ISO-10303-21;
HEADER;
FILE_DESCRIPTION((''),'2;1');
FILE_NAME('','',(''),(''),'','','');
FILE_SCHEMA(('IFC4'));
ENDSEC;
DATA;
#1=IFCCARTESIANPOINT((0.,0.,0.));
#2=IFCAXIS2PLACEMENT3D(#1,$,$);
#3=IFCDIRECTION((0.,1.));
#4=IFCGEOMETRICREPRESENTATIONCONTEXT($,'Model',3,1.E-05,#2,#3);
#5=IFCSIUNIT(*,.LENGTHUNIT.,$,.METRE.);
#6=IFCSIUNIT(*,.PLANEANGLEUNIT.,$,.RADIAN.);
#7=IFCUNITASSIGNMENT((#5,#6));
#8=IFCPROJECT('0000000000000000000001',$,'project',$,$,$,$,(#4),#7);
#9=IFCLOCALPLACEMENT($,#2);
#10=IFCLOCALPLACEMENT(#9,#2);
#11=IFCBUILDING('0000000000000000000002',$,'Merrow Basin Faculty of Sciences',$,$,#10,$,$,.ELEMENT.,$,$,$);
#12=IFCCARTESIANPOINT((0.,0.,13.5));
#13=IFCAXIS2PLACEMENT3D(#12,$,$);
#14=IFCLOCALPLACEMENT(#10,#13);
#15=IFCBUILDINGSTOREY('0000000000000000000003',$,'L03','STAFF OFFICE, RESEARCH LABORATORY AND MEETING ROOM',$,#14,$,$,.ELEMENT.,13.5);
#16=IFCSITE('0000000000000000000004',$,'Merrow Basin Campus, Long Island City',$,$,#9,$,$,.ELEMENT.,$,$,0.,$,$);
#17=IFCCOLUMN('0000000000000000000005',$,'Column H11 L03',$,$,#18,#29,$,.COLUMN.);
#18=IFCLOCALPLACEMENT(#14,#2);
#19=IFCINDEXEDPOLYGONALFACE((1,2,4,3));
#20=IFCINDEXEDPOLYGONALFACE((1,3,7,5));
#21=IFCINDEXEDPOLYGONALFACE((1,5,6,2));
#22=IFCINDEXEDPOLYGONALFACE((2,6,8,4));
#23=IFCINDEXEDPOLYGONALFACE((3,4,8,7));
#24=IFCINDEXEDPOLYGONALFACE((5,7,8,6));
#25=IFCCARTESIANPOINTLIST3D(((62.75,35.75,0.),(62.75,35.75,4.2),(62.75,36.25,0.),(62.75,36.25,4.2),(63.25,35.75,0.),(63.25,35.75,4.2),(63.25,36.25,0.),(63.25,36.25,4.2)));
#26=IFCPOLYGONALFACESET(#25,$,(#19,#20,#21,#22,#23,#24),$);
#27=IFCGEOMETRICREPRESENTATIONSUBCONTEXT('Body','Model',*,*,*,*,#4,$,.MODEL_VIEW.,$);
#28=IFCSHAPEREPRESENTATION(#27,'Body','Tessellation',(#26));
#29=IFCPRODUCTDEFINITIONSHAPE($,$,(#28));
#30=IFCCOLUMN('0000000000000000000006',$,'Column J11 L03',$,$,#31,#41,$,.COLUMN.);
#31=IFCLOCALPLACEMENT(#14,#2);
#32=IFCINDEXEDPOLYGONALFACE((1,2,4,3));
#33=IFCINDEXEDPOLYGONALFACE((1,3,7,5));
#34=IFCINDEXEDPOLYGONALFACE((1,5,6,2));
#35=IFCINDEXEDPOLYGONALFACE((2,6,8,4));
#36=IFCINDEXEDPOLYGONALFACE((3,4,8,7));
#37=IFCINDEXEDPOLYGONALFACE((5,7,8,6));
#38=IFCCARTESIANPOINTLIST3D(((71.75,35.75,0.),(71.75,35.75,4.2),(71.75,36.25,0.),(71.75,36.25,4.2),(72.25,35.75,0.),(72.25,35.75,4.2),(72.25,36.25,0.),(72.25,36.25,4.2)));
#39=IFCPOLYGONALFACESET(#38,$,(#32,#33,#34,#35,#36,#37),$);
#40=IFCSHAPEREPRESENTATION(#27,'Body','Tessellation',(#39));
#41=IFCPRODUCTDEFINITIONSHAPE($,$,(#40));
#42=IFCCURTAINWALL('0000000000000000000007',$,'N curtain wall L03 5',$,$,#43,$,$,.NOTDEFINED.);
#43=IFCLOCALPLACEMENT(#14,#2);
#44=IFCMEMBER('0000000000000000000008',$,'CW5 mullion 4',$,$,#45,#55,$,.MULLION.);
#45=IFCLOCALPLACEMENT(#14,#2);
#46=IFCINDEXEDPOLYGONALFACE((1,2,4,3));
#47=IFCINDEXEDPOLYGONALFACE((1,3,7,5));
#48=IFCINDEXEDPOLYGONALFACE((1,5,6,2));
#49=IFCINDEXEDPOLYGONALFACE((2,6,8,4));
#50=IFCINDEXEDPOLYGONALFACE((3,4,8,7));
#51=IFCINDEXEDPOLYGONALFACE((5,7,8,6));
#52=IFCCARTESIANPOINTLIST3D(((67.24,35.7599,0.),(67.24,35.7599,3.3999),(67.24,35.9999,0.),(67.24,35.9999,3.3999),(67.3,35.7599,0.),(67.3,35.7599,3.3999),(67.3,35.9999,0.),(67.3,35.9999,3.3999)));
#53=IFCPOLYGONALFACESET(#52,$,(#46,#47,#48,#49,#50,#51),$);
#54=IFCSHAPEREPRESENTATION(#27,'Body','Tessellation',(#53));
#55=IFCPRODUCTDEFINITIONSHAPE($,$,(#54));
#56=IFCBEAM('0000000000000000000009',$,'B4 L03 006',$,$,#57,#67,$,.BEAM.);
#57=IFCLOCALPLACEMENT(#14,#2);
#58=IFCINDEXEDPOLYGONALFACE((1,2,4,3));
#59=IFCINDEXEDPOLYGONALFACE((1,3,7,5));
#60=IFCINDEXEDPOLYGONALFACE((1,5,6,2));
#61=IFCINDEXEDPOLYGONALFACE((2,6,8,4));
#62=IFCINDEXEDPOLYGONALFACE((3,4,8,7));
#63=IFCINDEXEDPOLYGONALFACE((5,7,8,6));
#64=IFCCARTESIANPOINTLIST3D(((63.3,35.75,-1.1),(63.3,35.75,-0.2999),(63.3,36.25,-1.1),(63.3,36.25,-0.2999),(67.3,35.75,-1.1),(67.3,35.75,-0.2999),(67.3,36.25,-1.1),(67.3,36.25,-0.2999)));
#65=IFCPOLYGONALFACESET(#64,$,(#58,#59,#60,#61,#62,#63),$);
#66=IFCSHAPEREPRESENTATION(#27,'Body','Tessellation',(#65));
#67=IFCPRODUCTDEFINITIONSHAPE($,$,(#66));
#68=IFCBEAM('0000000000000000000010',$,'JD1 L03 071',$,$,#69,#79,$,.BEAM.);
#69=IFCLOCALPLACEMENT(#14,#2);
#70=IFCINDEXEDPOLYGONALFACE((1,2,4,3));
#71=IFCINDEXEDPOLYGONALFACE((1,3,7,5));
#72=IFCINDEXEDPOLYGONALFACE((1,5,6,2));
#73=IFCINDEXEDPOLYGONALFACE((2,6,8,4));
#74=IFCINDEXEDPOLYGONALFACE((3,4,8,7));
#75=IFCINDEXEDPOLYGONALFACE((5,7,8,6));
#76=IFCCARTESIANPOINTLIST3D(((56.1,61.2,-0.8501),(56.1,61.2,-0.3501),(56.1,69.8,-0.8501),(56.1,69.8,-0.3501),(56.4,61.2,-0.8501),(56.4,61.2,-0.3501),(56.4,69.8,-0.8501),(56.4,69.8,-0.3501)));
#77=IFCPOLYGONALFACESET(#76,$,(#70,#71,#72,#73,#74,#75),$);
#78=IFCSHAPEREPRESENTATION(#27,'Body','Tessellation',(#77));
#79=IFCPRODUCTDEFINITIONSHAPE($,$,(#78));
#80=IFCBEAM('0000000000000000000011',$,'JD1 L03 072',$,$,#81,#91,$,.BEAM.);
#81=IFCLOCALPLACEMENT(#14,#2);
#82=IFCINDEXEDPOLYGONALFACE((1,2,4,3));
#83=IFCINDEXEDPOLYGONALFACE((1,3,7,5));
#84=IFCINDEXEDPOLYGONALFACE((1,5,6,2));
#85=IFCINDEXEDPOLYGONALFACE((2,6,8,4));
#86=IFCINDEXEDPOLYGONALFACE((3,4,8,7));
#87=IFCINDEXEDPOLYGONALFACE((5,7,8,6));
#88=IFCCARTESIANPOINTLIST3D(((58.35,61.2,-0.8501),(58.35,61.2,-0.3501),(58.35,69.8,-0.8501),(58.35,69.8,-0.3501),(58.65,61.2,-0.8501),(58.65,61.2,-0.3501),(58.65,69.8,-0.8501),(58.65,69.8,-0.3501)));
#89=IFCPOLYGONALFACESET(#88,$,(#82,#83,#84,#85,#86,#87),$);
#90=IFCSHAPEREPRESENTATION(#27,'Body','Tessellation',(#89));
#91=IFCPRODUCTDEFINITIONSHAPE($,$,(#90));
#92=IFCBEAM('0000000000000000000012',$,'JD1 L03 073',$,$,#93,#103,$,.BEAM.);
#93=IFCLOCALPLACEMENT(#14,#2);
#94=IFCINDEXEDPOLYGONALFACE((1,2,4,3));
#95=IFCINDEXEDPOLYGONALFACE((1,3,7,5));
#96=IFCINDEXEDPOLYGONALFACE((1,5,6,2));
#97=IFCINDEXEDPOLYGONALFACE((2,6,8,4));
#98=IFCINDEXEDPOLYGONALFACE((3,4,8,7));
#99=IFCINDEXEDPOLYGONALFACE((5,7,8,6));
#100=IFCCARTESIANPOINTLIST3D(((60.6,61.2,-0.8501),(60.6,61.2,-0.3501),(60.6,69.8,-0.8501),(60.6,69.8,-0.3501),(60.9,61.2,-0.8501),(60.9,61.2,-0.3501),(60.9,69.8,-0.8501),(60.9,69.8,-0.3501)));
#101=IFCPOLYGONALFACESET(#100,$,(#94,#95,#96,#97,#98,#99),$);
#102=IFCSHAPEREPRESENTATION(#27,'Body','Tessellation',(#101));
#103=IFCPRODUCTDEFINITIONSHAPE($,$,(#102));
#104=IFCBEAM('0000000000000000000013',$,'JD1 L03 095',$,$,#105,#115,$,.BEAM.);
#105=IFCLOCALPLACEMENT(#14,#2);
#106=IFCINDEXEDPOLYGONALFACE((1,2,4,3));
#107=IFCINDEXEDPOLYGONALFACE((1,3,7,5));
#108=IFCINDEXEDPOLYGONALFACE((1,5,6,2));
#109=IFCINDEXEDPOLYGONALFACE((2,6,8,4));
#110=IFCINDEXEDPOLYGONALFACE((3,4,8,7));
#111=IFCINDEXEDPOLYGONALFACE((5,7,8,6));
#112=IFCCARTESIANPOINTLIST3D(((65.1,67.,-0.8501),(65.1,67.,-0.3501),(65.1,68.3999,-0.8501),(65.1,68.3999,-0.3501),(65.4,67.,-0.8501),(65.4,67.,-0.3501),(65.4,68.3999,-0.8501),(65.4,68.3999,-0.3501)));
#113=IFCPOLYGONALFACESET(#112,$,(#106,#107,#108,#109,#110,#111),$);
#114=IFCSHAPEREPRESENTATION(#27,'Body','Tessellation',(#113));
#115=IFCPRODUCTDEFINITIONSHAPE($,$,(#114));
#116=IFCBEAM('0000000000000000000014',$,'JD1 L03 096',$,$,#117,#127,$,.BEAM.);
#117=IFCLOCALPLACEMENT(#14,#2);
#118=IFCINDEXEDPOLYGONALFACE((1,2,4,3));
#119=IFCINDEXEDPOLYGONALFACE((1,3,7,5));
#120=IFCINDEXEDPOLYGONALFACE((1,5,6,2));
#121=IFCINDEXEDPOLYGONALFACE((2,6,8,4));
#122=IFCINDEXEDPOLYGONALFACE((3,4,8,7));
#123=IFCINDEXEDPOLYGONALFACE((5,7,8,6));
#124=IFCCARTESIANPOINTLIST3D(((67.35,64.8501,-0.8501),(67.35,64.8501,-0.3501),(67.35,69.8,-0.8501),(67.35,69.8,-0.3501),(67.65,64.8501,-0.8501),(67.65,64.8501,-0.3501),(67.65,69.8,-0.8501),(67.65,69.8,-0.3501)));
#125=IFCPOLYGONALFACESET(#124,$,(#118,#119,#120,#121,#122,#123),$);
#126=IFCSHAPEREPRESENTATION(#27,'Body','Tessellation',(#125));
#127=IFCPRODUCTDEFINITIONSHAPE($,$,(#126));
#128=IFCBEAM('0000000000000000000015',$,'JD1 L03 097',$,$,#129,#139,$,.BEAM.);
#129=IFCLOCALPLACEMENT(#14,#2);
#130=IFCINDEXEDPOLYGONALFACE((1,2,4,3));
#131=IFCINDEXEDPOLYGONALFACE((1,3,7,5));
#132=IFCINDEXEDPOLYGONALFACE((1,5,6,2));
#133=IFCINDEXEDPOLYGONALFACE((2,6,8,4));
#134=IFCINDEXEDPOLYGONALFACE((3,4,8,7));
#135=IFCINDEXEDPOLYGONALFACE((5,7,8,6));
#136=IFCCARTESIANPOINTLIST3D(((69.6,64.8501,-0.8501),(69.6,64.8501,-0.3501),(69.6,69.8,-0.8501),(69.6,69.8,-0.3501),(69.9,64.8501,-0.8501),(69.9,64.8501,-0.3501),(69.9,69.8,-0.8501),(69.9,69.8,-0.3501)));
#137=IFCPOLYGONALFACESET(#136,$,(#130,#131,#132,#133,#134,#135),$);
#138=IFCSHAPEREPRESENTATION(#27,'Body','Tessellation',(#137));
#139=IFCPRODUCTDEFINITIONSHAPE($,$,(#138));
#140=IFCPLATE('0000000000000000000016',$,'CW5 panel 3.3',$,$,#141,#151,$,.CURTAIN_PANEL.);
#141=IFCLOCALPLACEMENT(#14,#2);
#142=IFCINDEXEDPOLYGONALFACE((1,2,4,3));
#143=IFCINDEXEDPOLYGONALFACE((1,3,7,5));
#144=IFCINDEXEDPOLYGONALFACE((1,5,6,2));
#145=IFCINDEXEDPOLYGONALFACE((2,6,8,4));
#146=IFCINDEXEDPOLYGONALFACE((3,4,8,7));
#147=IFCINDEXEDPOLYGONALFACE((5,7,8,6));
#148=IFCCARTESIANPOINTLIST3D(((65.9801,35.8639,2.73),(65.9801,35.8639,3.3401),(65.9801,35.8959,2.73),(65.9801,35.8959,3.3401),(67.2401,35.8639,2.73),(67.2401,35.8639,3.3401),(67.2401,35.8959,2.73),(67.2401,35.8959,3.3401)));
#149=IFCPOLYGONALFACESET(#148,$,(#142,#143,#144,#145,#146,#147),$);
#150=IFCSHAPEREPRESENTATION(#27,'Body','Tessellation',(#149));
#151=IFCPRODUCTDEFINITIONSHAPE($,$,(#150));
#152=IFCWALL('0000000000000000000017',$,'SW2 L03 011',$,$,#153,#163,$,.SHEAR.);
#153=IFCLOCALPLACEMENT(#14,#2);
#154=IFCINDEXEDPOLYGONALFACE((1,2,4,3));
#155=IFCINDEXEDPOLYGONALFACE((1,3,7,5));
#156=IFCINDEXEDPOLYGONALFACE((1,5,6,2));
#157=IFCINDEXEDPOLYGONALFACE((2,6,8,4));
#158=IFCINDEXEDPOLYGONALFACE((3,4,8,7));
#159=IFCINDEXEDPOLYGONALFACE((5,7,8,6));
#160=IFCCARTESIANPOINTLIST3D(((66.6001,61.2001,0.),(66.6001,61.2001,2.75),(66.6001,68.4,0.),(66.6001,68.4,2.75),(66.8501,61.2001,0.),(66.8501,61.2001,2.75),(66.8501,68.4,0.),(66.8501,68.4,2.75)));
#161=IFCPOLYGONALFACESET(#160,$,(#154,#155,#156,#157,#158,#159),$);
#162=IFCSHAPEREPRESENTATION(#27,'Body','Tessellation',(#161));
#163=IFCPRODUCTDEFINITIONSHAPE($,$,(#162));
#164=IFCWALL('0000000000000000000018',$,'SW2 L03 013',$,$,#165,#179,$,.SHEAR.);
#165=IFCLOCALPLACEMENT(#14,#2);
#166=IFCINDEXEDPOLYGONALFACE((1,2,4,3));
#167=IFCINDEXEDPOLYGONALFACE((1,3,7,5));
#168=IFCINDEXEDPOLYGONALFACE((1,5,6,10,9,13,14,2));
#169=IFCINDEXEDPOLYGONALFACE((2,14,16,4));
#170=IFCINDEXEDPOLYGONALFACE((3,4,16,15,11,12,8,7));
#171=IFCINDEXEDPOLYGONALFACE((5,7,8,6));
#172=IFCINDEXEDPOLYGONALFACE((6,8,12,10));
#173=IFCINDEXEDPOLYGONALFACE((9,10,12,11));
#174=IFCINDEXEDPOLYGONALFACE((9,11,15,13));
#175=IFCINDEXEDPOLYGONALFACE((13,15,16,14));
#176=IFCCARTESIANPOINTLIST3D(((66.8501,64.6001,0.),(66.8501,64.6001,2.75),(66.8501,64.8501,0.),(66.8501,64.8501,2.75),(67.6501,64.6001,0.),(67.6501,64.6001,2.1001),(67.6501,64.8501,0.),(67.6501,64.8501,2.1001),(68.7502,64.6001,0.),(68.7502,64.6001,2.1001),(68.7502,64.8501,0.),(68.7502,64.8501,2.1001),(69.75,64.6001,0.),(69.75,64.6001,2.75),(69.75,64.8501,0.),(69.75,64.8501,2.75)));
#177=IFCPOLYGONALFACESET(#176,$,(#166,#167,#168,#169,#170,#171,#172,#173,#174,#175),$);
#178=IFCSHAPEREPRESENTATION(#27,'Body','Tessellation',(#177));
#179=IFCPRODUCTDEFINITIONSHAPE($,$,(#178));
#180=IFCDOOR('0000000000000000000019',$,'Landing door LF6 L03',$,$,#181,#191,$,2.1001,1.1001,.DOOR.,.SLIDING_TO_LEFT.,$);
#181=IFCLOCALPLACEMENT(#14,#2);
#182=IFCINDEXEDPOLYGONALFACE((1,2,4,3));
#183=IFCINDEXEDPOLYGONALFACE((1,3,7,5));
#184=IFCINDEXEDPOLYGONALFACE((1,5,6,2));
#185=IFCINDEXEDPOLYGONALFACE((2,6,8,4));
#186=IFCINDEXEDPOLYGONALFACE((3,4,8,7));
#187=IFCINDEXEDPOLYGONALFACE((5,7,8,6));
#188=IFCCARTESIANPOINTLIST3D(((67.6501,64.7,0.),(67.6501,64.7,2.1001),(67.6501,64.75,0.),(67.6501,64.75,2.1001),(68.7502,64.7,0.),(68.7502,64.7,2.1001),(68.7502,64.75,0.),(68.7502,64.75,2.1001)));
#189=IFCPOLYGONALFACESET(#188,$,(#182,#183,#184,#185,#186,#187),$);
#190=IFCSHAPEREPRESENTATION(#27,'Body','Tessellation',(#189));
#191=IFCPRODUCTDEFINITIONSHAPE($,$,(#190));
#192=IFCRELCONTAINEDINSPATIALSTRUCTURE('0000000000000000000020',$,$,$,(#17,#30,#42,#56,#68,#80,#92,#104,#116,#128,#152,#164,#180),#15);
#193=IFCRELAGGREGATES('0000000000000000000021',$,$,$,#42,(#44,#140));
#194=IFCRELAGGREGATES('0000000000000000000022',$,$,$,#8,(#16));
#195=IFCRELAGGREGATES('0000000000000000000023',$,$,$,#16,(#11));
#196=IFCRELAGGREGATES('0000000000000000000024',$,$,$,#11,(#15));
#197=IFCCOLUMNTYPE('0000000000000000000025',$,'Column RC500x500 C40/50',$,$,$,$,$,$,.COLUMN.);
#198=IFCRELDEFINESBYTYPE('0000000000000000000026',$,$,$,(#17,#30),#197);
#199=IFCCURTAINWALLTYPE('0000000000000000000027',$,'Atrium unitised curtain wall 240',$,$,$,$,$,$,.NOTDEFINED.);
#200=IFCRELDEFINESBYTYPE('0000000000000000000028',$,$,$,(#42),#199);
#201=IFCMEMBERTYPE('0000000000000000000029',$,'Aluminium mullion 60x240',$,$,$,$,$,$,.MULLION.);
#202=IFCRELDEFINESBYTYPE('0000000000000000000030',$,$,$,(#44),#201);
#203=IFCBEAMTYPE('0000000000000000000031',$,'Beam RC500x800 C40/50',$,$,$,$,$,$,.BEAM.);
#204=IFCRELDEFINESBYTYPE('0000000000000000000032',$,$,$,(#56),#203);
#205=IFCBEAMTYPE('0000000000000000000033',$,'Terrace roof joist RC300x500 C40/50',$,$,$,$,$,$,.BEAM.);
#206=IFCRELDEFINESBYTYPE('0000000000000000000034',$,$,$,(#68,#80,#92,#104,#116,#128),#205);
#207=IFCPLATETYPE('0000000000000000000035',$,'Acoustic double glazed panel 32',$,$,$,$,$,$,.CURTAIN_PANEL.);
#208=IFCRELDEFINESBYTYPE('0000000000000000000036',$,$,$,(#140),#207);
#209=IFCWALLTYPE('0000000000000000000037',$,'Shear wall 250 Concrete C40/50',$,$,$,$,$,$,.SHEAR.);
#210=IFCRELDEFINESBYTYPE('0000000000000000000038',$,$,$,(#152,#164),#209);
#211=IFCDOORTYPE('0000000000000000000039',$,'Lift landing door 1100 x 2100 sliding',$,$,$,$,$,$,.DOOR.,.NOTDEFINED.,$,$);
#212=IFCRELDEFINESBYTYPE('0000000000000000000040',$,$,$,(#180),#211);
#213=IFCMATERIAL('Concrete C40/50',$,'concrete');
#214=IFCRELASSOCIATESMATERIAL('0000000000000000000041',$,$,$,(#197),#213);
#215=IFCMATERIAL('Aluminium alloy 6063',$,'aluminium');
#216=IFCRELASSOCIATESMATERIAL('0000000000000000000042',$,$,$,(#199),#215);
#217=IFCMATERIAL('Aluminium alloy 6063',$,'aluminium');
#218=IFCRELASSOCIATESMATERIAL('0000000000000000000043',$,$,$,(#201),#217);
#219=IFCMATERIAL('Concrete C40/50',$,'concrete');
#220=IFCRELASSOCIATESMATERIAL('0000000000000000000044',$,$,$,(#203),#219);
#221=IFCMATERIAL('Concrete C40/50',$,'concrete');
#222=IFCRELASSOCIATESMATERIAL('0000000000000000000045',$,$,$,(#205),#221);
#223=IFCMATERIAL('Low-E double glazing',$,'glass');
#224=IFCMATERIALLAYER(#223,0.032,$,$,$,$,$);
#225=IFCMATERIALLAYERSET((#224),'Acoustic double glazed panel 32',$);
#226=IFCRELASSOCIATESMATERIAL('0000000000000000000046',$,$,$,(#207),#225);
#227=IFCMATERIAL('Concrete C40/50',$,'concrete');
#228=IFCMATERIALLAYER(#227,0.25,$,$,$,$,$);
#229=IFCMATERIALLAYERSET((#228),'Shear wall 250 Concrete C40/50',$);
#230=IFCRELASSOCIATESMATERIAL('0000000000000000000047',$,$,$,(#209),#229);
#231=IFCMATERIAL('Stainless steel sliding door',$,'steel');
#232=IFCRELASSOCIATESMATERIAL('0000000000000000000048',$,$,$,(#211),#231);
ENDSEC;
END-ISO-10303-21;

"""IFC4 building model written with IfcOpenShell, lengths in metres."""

from ifc_helpers import new_model, si_unit, direction, frame, frame_2d, origin, origin_2d, place, context, subcontext, project, spatial, rectangle, extrude, material, layer, layer_set, material_profile, profile_set, type_object, element, fill, aggregate, save


model = new_model("IFC4")

# Units and contexts
model_context = context("Model", 3, precision=1e-05, world=origin(), true_north=direction((0.0, 1.0)))
body_context = subcontext(model_context, "Body", "Model", "MODEL_VIEW")
ifc_project = project(units=[si_unit("LENGTHUNIT", "METRE"), si_unit("PLANEANGLEUNIT", "RADIAN")], contexts=[model_context])

# Site, building, storey
site_placement = place(None, origin())
site = spatial("IfcSite", under=ifc_project, at=site_placement, Name="Merrow Basin Campus, Long Island City", CompositionType="ELEMENT", RefElevation=0.0)
building_placement = place(site_placement, origin())
building = spatial("IfcBuilding", under=site, at=building_placement, Name="Merrow Basin Faculty of Sciences", CompositionType="ELEMENT")
storey_placement = place(building_placement, frame((0.0, 0.0, 13.5)))
storey = spatial("IfcBuildingStorey", under=building, at=storey_placement, Name="L03", Description="STAFF OFFICE, RESEARCH LABORATORY AND MEETING ROOM", CompositionType="ELEMENT", Elevation=13.5)

# Columns
ifc_material_1 = material(Name="Concrete C40/50", Category="concrete")
ifc_material_profile_1 = material_profile(ifc_material_1, rectangle(XDim=0.5, YDim=0.5, at=origin_2d()))
ifc_profile_set_1 = profile_set([ifc_material_profile_1], Name="Concrete C40/50")
column_type = type_object("IfcColumnType", Name="Column RC500x500 C40/50", PredefinedType="COLUMN", material=ifc_profile_set_1)
for number, where, z_axis, x_axis, name in (
    (1, (63.0, 36.0, 0.0), (0.0, 0.0, 1.0), (1.0, 0.0, 0.0), "Column H11 L03"),
    (2, (72.0, 36.0, 0.0), (0.0, 0.0, 1.0), (1.0, 0.0, 0.0), "Column J11 L03"),
):
    element("IfcColumn", number, at=place(storey_placement, frame(where, z_axis=z_axis, x_axis=x_axis)), inside=storey, type_object=column_type, Name=name, PredefinedType="COLUMN", context=body_context, shape_type="SweptSolid", body=[
        extrude(rectangle(XDim=0.5, YDim=0.5, at=origin_2d()), origin(), (0.0, 0.0, 1.0), 4.2),
    ])

# Curtain wall, member
ifc_material_2 = material(Name="Aluminium alloy 6063", Category="aluminium")
curtain_wall_type = type_object("IfcCurtainWallType", Name="Atrium unitised curtain wall 240", PredefinedType="NOTDEFINED", material=ifc_material_2)
curtain_wall_placement = place(storey_placement, origin())
curtain_wall = element("IfcCurtainWall", 3, at=curtain_wall_placement, inside=storey, type_object=curtain_wall_type, Name="N curtain wall L03 5", PredefinedType="NOTDEFINED")
ifc_material_3 = material(Name="Aluminium alloy 6063", Category="aluminium")
ifc_material_profile_2 = material_profile(ifc_material_3, rectangle(XDim=0.24, YDim=0.0601, at=origin_2d()))
ifc_profile_set_2 = profile_set([ifc_material_profile_2], Name="Aluminium alloy 6063")
member_type = type_object("IfcMemberType", Name="Aluminium mullion 60x240", PredefinedType="MULLION", material=ifc_profile_set_2)
member_placement = place(storey_placement, frame((67.27, 35.8799, 0.0), z_axis=(0.0, 0.0, 1.0), x_axis=(0.0, 1.0, 0.0)))
member = element("IfcMember", 4, at=member_placement, type_object=member_type, Name="CW5 mullion 4", PredefinedType="MULLION", context=body_context, shape_type="SweptSolid", body=[
    extrude(rectangle(XDim=0.24, YDim=0.0601, at=origin_2d()), origin(), (0.0, 0.0, 1.0), 3.3999),
])

# Beams
ifc_material_4 = material(Name="Concrete C40/50", Category="concrete")
ifc_material_profile_3 = material_profile(ifc_material_4, rectangle(XDim=0.5, YDim=0.8, at=origin_2d()))
ifc_profile_set_3 = profile_set([ifc_material_profile_3], Name="Concrete C40/50")
beam_type_1 = type_object("IfcBeamType", Name="Beam RC500x800 C40/50", PredefinedType="BEAM", material=ifc_profile_set_3)
beam_1_placement = place(storey_placement, frame((63.3, 36.0, -0.7), z_axis=(1.0, 0.0, 0.0), x_axis=(0.0, 1.0, 0.0)))
element("IfcBeam", 5, at=beam_1_placement, inside=storey, type_object=beam_type_1, Name="B4 L03 006", PredefinedType="BEAM", context=body_context, shape_type="SweptSolid", body=[
    extrude(rectangle(XDim=0.5, YDim=0.8, at=origin_2d()), origin(), (0.0, 0.0, 1.0), 4.0),
])
ifc_material_5 = material(Name="Concrete C40/50", Category="concrete")
ifc_material_profile_4 = material_profile(ifc_material_5, rectangle(XDim=0.3, YDim=0.5, at=origin_2d()))
ifc_profile_set_4 = profile_set([ifc_material_profile_4], Name="Concrete C40/50")
beam_type_2 = type_object("IfcBeamType", Name="Terrace roof joist RC300x500 C40/50", PredefinedType="BEAM", material=ifc_profile_set_4)
for number, where, z_axis, x_axis, name in (
    (6, (56.25, 61.2, -0.6001), (0.0, 1.0, 0.0), (-1.0, 0.0, 0.0), "JD1 L03 071"),
    (7, (58.5, 61.2, -0.6001), (0.0, 1.0, 0.0), (-1.0, 0.0, 0.0), "JD1 L03 072"),
    (8, (60.75, 61.2, -0.6001), (0.0, 1.0, 0.0), (-1.0, 0.0, 0.0), "JD1 L03 073"),
):
    element("IfcBeam", number, at=place(storey_placement, frame(where, z_axis=z_axis, x_axis=x_axis)), inside=storey, type_object=beam_type_2, Name=name, PredefinedType="BEAM", context=body_context, shape_type="SweptSolid", body=[
        extrude(rectangle(XDim=0.3, YDim=0.5, at=origin_2d()), origin(), (0.0, 0.0, 1.0), 8.6001),
    ])
beam_2_placement = place(storey_placement, frame((65.25, 67.0, -0.6001), z_axis=(0.0, 1.0, 0.0), x_axis=(-1.0, 0.0, 0.0)))
element("IfcBeam", 9, at=beam_2_placement, inside=storey, type_object=beam_type_2, Name="JD1 L03 095", PredefinedType="BEAM", context=body_context, shape_type="SweptSolid", body=[
    extrude(rectangle(XDim=0.3, YDim=0.5, at=origin_2d()), origin(), (0.0, 0.0, 1.0), 1.3999),
])
for number, where, z_axis, x_axis, name in (
    (10, (67.5, 64.8501, -0.6001), (0.0, 1.0, 0.0), (-1.0, 0.0, 0.0), "JD1 L03 096"),
    (11, (69.75, 64.8501, -0.6001), (0.0, 1.0, 0.0), (-1.0, 0.0, 0.0), "JD1 L03 097"),
):
    element("IfcBeam", number, at=place(storey_placement, frame(where, z_axis=z_axis, x_axis=x_axis)), inside=storey, type_object=beam_type_2, Name=name, PredefinedType="BEAM", context=body_context, shape_type="SweptSolid", body=[
        extrude(rectangle(XDim=0.3, YDim=0.5, at=origin_2d()), origin(), (0.0, 0.0, 1.0), 4.95),
    ])

# Plate
ifc_material_6 = material(Name="Low-E double glazing", Category="glass")
ifc_layer_1 = layer(ifc_material_6, 0.032)
ifc_layer_set_1 = layer_set([ifc_layer_1], Name="Acoustic double glazed panel 32")
plate_type = type_object("IfcPlateType", Name="Acoustic double glazed panel 32", PredefinedType="CURTAIN_PANEL", material=ifc_layer_set_1)
plate_placement = place(storey_placement, frame((66.6101, 35.8799, 2.73), z_axis=(0.0, 0.0, 1.0), x_axis=(1.0, 0.0, 0.0)))
plate = element("IfcPlate", 12, at=plate_placement, type_object=plate_type, Name="CW5 panel 3.3", PredefinedType="CURTAIN_PANEL", context=body_context, shape_type="SweptSolid", body=[
    extrude(rectangle(XDim=1.26, YDim=0.032, at=origin_2d()), origin(), (0.0, 0.0, 1.0), 0.6101),
])
aggregate(curtain_wall, [member, plate])

# Wall
ifc_material_7 = material(Name="Concrete C40/50", Category="concrete")
ifc_layer_2 = layer(ifc_material_7, 0.25)
ifc_layer_set_2 = layer_set([ifc_layer_2], Name="Shear wall 250 Concrete C40/50")
wall_type_1 = type_object("IfcWallType", Name="Shear wall 250 Concrete C40/50", PredefinedType="SHEAR", material=ifc_layer_set_2)
wall_1_placement = place(storey_placement, frame((66.7251, 61.2, 0.0), z_axis=(0.0, 0.0, 1.0), x_axis=(0.0, 1.0, 0.0)))
element("IfcWall", 13, at=wall_1_placement, inside=storey, type_object=wall_type_1, Name="SW2 L03 011", PredefinedType="SHEAR", context=body_context, shape_type="SweptSolid", body=[
    extrude(rectangle(XDim=7.2, YDim=0.25, at=frame_2d((3.6001, 0.0))), origin(), (0.0, 0.0, 1.0), 2.75),
])

# Wall, opening, door
wall_2_placement = place(storey_placement, frame((66.8501, 64.7251, 0.0), z_axis=(0.0, 0.0, 1.0), x_axis=(1.0, 0.0, 0.0)))
wall_2 = element("IfcWall", 14, at=wall_2_placement, inside=storey, type_object=wall_type_1, Name="SW2 L03 013", PredefinedType="SHEAR", context=body_context, shape_type="SweptSolid", body=[
    extrude(rectangle(XDim=2.8999, YDim=0.25, at=frame_2d((1.45, 0.0))), origin(), (0.0, 0.0, 1.0), 2.75),
])
opening_placement = place(wall_2_placement, frame((0.8, 0.0, 0.0)))
opening = element("IfcOpeningElement", 15, at=opening_placement, cuts=wall_2, PredefinedType="OPENING", context=body_context, shape_type="SweptSolid", body=[
    extrude(rectangle(XDim=1.1001, YDim=2.1001, at=frame_2d((0.55, 1.05))), frame((0.0, 0.135, 0.0), z_axis=(0.0, -1.0, 0.0), x_axis=(1.0, 0.0, 0.0)), (0.0, 0.0, 1.0), 0.27),
])
ifc_material_8 = material(Name="Stainless steel sliding door", Category="steel")
door_type = type_object("IfcDoorType", Name="Lift landing door 1100 x 2100 sliding", OperationType="NOTDEFINED", PredefinedType="DOOR", material=ifc_material_8)
door_placement = place(opening_placement, origin())
door = element("IfcDoor", 16, at=door_placement, inside=storey, type_object=door_type, Name="Landing door LF6 L03", OperationType="SLIDING_TO_LEFT", OverallHeight=2.1001, OverallWidth=1.1001, PredefinedType="DOOR", context=body_context, shape_type="SweptSolid", body=[
    extrude(rectangle(XDim=1.1001, YDim=2.1001, at=frame_2d((0.55, 1.05))), frame((0.0, 0.0249, 0.0), z_axis=(0.0, -1.0, 0.0), x_axis=(1.0, 0.0, 0.0)), (0.0, 0.0, 1.0), 0.05),
])
fill(opening, door)

save(model, "model.ifc")
